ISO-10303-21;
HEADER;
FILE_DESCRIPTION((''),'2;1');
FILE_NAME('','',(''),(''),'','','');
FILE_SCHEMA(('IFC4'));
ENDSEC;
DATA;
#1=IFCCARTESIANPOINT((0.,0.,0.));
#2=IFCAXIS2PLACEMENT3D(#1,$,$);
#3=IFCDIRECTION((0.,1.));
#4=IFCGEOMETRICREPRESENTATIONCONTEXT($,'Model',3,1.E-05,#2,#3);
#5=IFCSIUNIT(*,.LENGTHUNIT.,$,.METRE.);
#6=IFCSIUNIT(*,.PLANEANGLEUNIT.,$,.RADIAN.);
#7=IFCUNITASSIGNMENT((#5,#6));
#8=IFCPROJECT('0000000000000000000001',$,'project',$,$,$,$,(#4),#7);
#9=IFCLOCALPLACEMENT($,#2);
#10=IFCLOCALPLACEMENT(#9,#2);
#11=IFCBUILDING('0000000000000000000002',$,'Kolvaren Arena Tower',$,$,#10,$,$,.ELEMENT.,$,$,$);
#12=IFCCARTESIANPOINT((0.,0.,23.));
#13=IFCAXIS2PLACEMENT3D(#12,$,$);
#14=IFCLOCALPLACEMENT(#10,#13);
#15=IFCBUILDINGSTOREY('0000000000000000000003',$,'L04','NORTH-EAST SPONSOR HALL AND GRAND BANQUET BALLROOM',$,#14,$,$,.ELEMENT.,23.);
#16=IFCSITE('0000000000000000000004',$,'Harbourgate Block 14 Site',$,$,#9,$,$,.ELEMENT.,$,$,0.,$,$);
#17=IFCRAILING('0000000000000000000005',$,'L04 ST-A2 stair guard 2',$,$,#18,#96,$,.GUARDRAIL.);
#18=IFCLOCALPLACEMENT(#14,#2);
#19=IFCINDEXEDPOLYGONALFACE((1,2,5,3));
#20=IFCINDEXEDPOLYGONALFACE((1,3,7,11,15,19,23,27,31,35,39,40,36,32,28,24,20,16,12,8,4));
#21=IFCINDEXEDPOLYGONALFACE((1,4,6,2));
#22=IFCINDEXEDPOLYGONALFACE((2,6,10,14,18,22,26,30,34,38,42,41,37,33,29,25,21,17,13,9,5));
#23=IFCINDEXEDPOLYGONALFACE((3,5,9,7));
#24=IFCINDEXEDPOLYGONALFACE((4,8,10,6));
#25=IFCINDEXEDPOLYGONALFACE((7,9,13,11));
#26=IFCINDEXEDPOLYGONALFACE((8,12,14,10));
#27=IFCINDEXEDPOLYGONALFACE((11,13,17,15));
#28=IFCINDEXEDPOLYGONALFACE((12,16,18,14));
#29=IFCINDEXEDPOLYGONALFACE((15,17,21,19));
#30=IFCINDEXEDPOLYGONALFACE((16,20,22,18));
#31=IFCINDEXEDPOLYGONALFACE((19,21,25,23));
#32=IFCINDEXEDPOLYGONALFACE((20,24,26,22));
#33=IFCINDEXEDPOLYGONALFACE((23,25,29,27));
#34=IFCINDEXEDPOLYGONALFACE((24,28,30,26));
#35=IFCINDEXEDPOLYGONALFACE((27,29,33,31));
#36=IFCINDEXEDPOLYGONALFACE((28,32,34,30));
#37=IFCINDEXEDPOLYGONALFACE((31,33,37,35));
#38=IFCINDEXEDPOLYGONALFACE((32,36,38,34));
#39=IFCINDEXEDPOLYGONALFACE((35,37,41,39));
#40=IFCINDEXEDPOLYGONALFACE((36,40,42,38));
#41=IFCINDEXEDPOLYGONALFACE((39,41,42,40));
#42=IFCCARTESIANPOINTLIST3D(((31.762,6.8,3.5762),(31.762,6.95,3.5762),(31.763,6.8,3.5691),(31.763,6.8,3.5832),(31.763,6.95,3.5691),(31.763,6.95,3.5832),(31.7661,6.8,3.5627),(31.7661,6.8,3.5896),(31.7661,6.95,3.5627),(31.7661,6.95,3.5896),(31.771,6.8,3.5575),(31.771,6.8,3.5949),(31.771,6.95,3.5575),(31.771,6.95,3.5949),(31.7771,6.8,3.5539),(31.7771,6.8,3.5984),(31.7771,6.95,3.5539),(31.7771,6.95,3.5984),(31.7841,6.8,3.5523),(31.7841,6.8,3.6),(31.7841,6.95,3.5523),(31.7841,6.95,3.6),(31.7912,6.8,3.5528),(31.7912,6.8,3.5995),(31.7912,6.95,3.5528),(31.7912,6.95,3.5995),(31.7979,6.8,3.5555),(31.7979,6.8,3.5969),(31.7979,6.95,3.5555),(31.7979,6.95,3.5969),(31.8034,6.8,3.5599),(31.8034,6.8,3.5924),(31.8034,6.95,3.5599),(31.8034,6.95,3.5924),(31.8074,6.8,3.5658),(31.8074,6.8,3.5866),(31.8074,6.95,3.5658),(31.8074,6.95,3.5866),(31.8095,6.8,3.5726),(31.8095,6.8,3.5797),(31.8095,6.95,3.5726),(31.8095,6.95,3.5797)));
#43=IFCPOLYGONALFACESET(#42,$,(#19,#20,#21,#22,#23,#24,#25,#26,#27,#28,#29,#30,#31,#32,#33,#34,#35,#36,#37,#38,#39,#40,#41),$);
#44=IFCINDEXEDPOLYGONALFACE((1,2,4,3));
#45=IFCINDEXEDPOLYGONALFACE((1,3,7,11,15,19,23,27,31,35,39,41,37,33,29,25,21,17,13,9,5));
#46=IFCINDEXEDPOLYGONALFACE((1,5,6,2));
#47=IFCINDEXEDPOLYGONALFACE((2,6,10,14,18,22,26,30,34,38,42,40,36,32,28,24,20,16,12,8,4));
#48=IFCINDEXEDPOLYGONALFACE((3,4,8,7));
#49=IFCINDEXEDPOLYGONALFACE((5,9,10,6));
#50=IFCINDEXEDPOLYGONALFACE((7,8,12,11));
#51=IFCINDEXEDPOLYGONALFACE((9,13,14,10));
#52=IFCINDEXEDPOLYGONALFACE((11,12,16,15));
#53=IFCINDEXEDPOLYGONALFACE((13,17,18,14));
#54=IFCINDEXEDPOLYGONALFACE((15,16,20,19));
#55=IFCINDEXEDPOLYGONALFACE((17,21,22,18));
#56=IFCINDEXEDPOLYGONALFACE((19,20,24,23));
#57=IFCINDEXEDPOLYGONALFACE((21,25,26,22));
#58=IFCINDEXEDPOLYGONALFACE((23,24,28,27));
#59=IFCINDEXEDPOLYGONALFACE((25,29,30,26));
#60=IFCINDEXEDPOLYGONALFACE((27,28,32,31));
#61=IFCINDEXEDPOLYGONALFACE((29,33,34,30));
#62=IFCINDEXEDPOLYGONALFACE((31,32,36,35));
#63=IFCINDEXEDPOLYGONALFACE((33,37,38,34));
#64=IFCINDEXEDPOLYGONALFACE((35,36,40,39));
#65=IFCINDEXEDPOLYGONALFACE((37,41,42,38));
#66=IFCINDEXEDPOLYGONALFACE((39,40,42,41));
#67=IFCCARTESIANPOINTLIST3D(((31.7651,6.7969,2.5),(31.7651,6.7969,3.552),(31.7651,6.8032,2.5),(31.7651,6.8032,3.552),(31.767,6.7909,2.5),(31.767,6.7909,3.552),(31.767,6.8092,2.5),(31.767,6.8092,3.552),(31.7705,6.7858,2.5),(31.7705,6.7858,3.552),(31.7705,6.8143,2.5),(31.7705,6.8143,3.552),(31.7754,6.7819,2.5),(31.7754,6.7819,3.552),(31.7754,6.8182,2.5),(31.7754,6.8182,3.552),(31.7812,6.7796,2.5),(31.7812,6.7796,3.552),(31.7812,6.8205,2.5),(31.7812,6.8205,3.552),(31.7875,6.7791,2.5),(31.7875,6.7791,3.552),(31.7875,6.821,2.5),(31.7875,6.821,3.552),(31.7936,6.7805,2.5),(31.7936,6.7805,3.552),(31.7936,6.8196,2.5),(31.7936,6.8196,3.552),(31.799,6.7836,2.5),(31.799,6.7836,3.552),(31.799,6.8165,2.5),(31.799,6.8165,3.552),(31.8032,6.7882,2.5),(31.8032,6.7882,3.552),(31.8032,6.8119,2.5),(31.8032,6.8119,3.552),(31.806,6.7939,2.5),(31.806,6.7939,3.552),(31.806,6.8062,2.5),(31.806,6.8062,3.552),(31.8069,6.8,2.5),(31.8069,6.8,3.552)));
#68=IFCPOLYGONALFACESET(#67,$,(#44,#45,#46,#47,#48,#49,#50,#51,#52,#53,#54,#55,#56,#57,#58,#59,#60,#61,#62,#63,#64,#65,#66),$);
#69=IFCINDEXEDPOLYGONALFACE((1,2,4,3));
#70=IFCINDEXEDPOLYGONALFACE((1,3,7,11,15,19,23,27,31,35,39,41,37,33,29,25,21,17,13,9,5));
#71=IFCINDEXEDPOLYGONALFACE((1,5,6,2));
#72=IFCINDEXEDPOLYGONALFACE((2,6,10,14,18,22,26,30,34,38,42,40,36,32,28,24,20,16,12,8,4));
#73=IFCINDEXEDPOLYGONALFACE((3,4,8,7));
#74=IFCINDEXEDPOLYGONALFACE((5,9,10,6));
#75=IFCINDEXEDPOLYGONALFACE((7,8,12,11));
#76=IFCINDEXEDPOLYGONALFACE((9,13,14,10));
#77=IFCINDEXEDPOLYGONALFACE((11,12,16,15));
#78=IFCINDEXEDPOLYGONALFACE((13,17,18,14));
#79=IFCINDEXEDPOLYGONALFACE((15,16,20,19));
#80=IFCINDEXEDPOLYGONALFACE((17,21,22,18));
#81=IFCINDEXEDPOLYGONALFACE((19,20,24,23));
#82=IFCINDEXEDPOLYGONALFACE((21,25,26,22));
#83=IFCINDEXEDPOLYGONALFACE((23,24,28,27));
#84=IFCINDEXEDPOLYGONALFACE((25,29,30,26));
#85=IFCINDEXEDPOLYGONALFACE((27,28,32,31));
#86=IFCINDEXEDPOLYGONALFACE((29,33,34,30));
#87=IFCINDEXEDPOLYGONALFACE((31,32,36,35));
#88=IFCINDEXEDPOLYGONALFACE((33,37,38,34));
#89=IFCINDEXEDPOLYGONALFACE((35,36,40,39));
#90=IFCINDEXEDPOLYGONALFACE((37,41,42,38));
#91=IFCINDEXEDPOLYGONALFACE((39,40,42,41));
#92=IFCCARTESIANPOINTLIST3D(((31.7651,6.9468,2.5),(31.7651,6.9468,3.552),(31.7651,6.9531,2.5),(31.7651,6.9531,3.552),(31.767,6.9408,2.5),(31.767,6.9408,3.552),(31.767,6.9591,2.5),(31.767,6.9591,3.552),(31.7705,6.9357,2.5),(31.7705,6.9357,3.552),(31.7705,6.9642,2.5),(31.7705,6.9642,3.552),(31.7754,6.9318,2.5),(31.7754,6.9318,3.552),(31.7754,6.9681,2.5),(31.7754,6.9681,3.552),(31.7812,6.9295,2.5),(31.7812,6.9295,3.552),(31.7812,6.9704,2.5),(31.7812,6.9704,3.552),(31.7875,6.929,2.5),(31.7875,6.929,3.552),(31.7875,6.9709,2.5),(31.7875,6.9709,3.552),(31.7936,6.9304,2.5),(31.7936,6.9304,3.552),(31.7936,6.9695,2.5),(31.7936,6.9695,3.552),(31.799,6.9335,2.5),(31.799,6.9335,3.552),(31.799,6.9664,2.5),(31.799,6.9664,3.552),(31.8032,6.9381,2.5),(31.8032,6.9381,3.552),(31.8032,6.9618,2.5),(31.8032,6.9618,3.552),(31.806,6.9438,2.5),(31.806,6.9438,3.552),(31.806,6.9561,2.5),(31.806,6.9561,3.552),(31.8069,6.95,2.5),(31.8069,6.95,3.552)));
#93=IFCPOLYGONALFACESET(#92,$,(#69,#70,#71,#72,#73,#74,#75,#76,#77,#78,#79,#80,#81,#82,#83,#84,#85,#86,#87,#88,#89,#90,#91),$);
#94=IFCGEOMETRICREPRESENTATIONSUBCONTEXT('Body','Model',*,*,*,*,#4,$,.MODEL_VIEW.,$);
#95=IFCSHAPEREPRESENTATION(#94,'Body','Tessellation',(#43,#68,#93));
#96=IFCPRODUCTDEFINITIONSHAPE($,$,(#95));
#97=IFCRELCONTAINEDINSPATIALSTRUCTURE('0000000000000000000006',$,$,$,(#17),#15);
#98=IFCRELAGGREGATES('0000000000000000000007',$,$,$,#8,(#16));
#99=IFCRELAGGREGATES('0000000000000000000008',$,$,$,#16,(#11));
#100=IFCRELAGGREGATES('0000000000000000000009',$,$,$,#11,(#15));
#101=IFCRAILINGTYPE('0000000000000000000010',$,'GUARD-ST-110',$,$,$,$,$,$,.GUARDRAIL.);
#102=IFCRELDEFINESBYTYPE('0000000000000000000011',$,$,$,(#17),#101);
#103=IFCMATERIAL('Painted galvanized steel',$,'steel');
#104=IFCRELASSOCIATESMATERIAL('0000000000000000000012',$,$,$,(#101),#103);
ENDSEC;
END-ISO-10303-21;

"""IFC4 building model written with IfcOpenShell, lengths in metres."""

from ifc_helpers import new_model, si_unit, direction, frame, origin, origin_2d, place, context, subcontext, project, spatial, circle, extrude, material, type_object, element, save


model = new_model("IFC4")

# Units and contexts
model_context = context("Model", 3, precision=1e-05, world=origin(), true_north=direction((0.0, 1.0)))
body_context = subcontext(model_context, "Body", "Model", "MODEL_VIEW")
ifc_project = project(units=[si_unit("LENGTHUNIT", "METRE"), si_unit("PLANEANGLEUNIT", "RADIAN")], contexts=[model_context])

# Site, building, storey
site_placement = place(None, origin())
site = spatial("IfcSite", under=ifc_project, at=site_placement, Name="Harbourgate Block 14 Site", CompositionType="ELEMENT", RefElevation=0.0)
building_placement = place(site_placement, origin())
building = spatial("IfcBuilding", under=site, at=building_placement, Name="Kolvaren Arena Tower", CompositionType="ELEMENT")
storey_placement = place(building_placement, frame((0.0, 0.0, 23.0)))
storey = spatial("IfcBuildingStorey", under=building, at=storey_placement, Name="L04", Description="NORTH-EAST SPONSOR HALL AND GRAND BANQUET BALLROOM", CompositionType="ELEMENT", Elevation=23.0)

# Railing
ifc_material_1 = material(Name="Painted galvanized steel", Category="steel")
railing_type_1 = type_object("IfcRailingType", Name="GUARD-ST-110", PredefinedType="GUARDRAIL", material=ifc_material_1)
railing_1_placement = place(storey_placement, frame((31.7859, 6.8, 2.5)))
element("IfcRailing", 1, at=railing_1_placement, inside=storey, type_object=railing_type_1, Name="L04 ST-A2 stair guard 2", PredefinedType="GUARDRAIL", context=body_context, shape_type="SweptSolid", body=[
    extrude(circle(Radius=0.0239, at=origin_2d()), frame((0.0, 0.0, 1.0762), z_axis=(0.0, 1.0, 0.0), x_axis=(-1.0, 0.0, 0.0)), (0.0, 0.0, 1.0), 0.1499),
    extrude(circle(Radius=0.021, at=origin_2d()), origin(), (0.0, 0.0, 1.0), 1.052),
    extrude(circle(Radius=0.021, at=origin_2d()), frame((0.0, 0.1499, 0.0)), (0.0, 0.0, 1.0), 1.052),
])

save(model, "model.ifc")
